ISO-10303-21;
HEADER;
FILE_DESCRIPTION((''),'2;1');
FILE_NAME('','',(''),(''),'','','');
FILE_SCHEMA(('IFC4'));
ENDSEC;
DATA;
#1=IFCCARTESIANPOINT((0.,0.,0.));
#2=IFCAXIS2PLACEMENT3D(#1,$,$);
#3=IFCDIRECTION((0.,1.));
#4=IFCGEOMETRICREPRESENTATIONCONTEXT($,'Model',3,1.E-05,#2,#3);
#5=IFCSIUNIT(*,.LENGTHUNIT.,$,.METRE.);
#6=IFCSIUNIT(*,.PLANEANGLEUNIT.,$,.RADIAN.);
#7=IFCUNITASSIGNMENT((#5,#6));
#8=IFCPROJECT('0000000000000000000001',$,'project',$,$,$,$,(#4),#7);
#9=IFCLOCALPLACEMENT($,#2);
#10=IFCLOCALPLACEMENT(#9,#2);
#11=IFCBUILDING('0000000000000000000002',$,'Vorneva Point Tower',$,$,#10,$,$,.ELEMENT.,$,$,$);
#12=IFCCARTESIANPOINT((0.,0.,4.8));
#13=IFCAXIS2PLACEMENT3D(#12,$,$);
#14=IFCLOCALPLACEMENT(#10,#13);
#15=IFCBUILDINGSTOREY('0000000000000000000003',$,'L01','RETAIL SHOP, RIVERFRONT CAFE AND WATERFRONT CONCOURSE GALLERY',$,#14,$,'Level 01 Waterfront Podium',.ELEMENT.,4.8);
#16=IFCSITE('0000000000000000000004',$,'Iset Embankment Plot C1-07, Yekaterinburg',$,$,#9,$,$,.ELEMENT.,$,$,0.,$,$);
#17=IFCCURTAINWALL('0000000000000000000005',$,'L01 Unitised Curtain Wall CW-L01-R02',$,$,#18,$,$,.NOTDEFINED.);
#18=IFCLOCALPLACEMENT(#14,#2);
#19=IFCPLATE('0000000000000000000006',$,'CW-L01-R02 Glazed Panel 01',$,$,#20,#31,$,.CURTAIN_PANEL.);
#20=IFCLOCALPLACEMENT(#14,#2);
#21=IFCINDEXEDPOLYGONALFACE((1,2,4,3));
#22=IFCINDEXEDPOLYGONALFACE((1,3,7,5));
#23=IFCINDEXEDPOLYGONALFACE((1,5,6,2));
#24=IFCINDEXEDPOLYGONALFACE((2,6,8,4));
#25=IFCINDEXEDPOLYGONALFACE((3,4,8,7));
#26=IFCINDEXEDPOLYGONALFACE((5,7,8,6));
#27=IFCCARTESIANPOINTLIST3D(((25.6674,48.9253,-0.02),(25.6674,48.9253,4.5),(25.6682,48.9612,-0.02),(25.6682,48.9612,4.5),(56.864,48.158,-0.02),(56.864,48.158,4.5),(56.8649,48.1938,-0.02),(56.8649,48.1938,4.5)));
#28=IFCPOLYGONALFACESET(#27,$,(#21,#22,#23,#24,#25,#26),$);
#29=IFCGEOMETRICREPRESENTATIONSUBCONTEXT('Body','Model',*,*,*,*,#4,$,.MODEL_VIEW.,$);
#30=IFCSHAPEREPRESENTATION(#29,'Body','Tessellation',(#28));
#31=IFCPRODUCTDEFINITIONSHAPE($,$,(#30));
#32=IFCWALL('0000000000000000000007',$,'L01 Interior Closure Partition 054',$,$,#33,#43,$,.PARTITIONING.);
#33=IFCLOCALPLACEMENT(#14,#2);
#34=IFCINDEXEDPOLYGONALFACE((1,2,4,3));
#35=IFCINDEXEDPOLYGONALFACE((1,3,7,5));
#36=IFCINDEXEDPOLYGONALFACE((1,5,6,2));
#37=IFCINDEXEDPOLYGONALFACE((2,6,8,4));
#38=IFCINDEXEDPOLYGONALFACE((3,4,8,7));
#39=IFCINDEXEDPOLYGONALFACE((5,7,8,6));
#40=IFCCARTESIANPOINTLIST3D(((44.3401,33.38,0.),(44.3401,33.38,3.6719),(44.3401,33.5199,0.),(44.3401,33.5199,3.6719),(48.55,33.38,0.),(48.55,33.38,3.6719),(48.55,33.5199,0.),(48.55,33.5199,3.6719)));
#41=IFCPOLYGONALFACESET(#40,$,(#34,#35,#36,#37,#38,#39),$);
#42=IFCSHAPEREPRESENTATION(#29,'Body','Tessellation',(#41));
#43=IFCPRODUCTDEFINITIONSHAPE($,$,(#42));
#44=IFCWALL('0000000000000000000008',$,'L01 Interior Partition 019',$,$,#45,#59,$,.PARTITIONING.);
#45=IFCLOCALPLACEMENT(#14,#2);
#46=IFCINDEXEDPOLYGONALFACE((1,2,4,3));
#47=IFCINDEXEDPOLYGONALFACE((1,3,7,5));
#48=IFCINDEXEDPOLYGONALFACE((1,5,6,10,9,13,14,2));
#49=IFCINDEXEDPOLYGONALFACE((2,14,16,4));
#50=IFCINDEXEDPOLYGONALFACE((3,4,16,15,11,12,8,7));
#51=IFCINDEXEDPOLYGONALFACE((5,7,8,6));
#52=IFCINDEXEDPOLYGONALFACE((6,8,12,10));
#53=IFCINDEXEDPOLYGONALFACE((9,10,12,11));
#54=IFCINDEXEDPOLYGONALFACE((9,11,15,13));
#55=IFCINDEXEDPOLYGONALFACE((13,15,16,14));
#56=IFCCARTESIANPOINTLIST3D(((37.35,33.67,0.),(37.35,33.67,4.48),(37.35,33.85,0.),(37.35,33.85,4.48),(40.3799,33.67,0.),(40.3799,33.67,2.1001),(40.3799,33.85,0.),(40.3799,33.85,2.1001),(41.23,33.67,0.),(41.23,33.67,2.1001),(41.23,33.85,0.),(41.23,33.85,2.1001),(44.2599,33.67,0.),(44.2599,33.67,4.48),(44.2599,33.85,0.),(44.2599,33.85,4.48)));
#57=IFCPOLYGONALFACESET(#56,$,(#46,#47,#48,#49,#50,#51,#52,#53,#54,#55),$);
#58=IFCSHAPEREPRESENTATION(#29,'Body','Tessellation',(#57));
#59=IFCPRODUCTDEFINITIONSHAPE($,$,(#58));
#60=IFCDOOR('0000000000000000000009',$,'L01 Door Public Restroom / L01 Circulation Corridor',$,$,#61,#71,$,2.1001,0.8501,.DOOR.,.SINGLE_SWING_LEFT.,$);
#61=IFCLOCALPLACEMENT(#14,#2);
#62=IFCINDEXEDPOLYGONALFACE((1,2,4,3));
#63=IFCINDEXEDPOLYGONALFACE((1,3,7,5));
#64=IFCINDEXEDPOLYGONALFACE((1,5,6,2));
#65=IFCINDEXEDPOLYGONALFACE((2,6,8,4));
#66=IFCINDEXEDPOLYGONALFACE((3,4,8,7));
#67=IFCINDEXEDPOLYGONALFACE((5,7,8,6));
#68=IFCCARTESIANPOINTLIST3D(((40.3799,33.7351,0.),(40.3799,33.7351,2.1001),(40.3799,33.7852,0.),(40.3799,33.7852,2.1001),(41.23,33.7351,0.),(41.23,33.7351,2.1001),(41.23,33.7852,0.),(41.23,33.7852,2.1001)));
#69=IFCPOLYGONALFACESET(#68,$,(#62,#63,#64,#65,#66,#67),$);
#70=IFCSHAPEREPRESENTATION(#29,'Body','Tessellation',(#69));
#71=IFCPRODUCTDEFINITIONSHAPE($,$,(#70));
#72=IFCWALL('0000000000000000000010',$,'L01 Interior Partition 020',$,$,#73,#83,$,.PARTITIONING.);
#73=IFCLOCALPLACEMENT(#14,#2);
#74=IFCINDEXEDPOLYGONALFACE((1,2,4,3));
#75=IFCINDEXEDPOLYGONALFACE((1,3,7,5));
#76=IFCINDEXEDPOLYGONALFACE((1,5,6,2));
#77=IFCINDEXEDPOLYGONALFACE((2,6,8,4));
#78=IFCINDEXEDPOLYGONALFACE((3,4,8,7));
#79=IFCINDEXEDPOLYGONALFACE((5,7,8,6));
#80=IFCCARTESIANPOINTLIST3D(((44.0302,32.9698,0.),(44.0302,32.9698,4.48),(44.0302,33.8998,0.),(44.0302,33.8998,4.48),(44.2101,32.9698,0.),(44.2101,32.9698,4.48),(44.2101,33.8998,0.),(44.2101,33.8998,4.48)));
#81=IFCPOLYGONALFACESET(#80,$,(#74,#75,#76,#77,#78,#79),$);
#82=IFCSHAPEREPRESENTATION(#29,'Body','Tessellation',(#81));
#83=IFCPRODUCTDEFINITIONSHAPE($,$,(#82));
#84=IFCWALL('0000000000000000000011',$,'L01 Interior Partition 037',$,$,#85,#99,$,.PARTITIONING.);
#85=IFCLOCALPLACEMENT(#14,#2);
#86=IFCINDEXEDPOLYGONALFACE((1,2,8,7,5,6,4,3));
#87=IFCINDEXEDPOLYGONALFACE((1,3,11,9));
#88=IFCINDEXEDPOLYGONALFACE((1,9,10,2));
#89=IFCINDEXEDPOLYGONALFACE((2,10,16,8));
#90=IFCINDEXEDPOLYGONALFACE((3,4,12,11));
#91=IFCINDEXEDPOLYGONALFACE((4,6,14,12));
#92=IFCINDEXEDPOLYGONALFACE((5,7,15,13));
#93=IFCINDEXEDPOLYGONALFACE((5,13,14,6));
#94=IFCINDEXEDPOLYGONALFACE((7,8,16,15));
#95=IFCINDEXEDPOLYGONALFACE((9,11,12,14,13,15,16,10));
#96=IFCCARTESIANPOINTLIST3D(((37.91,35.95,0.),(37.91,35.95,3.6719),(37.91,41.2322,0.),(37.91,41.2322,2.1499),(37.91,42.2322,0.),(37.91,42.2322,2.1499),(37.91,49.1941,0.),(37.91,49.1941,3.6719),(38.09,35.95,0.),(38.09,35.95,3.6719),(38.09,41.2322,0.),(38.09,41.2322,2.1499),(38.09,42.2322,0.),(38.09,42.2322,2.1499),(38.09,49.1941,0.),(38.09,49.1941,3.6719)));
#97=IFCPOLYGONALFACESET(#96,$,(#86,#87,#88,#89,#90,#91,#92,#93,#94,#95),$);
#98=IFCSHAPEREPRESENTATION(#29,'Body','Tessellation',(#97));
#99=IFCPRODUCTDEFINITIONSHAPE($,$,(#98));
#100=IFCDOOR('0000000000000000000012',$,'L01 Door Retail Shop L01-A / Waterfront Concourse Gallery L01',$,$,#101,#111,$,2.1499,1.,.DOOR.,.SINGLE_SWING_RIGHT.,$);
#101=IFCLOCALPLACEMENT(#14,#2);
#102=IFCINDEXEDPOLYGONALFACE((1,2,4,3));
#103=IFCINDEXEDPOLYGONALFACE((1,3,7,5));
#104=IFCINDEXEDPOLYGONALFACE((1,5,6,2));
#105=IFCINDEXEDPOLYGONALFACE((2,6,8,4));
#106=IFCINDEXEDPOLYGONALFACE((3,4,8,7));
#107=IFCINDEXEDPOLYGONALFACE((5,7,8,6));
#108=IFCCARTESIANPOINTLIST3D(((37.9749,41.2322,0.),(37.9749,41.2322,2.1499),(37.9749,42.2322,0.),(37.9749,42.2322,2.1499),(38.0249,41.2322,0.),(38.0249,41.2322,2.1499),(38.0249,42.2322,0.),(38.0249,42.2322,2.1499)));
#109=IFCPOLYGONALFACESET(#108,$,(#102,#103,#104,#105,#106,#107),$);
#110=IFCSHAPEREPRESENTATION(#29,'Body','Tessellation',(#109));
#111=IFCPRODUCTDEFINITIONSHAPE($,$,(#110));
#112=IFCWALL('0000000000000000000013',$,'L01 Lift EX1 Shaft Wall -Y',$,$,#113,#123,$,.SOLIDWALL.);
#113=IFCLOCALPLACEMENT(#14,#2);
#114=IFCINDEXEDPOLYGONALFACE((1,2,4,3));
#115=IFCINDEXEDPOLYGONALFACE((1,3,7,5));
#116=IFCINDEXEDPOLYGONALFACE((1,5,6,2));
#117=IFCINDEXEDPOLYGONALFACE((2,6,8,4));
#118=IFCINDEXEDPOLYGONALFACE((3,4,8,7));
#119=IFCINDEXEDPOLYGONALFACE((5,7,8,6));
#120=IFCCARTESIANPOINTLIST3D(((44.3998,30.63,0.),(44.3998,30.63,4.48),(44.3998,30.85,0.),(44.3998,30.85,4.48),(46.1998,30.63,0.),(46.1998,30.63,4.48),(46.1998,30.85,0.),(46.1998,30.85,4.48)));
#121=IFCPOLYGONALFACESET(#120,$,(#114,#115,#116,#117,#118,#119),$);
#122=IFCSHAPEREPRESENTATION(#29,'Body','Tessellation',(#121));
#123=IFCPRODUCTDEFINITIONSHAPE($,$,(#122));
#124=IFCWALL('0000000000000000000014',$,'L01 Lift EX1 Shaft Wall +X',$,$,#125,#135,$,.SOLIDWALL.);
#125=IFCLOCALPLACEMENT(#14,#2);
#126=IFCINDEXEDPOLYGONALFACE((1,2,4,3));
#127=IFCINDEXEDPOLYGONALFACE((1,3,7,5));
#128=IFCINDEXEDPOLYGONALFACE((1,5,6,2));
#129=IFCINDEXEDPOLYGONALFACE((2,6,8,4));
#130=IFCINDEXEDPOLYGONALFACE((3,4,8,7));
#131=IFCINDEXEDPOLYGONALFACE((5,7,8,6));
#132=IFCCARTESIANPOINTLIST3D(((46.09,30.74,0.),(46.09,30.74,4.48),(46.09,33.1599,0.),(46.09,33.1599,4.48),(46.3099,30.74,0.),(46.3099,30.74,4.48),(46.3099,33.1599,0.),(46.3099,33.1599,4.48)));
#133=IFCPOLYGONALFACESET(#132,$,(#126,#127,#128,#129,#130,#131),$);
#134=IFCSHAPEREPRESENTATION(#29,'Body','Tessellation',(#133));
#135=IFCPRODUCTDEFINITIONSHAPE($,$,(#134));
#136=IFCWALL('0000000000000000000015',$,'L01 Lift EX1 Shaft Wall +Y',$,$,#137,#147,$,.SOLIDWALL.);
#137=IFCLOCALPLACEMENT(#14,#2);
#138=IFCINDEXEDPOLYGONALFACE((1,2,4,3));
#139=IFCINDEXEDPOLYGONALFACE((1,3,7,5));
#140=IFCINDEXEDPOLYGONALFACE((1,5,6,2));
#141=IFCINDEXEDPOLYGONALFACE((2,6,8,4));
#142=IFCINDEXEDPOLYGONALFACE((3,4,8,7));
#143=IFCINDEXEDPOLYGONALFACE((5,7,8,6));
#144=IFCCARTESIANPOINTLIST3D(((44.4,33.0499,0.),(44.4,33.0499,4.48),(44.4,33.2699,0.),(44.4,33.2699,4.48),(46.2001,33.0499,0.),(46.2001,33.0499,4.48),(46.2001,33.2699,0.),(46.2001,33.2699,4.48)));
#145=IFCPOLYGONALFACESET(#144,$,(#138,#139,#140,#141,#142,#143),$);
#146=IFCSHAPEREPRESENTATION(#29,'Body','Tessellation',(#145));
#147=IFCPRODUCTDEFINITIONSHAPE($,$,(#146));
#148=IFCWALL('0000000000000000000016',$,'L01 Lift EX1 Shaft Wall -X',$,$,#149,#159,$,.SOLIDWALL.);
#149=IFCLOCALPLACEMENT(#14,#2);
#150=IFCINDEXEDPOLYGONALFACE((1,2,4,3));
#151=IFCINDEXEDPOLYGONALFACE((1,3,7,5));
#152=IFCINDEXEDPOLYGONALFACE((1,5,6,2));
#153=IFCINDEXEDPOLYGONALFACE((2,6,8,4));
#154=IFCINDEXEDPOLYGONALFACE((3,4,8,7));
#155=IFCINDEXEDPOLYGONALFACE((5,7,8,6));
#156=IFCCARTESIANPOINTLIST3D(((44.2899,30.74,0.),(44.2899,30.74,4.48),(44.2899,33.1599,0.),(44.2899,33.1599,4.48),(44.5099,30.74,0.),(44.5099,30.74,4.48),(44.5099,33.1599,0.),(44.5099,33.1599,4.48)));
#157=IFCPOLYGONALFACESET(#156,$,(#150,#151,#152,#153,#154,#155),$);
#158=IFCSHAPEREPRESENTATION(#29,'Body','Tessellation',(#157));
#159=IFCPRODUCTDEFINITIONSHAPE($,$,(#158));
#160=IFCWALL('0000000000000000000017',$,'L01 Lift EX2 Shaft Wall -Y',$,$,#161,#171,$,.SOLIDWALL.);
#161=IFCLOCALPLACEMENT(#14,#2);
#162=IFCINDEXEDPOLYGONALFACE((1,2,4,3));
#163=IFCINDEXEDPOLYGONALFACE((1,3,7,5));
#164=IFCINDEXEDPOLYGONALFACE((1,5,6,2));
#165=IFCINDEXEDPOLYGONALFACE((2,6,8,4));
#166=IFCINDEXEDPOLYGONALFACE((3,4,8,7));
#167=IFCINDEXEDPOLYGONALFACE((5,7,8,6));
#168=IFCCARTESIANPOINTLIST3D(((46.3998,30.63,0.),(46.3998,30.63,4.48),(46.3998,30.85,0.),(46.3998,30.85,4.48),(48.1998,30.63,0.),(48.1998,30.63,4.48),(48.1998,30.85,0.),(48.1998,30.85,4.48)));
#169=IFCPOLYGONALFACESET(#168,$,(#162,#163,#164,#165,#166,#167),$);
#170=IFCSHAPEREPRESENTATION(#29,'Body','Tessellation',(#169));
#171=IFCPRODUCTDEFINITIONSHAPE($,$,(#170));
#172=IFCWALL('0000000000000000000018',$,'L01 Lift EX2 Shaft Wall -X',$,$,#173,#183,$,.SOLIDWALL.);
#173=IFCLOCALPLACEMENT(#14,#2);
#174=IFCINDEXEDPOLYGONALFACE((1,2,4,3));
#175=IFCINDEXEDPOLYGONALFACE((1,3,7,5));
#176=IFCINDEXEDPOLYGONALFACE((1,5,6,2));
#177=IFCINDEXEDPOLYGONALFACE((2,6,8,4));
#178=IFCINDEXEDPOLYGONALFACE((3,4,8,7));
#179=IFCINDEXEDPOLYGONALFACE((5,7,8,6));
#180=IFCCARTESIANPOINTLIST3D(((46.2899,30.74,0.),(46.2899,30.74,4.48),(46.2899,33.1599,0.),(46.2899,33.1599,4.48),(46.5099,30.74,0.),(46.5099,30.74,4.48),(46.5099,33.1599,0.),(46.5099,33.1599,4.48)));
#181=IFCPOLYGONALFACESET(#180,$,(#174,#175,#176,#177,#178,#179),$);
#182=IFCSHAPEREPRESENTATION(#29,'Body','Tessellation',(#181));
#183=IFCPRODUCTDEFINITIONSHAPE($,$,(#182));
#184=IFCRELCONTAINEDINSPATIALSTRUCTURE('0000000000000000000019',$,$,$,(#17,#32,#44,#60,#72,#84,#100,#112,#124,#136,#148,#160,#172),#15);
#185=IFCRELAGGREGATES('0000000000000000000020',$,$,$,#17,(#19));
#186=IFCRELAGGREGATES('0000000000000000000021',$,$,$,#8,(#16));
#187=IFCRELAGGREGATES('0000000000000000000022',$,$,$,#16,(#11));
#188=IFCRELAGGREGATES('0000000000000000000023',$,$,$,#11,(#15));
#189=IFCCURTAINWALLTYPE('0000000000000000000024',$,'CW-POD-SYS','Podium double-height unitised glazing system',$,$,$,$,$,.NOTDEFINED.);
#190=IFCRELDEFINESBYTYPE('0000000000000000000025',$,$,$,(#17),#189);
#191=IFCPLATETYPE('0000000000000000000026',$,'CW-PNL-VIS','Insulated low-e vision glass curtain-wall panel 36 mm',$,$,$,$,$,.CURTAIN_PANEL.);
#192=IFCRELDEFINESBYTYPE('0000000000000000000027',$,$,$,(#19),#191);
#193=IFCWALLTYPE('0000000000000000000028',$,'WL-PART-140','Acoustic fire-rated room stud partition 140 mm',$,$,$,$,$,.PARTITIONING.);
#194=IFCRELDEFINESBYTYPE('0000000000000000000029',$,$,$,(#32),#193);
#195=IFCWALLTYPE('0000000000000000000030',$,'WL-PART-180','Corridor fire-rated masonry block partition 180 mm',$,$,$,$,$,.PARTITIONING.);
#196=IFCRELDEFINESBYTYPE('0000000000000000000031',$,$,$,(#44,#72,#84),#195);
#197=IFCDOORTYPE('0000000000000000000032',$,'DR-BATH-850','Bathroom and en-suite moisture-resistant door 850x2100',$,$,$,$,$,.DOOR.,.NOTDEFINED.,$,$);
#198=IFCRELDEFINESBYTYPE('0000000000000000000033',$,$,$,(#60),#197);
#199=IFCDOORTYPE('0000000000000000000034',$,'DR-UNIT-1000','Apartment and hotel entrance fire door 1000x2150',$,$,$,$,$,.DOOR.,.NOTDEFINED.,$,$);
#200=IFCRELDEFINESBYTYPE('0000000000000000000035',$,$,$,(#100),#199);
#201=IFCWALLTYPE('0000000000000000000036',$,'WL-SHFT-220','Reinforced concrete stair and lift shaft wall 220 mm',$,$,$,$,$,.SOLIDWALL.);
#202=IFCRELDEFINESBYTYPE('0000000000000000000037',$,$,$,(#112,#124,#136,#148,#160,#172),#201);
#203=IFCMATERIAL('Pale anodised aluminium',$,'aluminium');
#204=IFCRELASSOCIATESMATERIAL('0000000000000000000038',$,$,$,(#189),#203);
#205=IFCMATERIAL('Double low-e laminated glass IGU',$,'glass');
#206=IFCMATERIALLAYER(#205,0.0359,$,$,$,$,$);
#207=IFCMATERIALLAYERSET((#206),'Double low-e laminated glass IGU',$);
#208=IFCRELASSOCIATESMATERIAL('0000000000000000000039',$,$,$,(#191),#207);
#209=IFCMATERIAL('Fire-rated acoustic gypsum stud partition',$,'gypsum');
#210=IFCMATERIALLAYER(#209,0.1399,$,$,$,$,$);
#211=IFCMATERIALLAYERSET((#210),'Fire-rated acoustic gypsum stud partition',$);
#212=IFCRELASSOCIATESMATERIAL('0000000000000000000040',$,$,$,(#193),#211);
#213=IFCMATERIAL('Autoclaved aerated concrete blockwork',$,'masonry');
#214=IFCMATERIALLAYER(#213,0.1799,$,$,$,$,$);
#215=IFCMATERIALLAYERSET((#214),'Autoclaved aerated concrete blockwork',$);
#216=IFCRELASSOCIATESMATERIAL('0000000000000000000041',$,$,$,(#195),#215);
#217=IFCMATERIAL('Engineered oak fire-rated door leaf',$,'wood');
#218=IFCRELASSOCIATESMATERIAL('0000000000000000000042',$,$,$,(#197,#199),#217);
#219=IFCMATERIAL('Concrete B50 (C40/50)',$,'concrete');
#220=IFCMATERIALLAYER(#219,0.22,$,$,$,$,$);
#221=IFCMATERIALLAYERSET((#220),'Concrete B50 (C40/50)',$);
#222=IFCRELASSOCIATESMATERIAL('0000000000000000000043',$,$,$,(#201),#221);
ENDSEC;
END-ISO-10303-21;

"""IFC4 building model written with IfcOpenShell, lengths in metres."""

from ifc_helpers import new_model, si_unit, direction, frame, frame_2d, origin, origin_2d, place, context, subcontext, project, spatial, rectangle, extrude, material, layer, layer_set, type_object, element, fill, aggregate, save


model = new_model("IFC4")

# Units and contexts
model_context = context("Model", 3, precision=1e-05, world=origin(), true_north=direction((0.0, 1.0)))
body_context = subcontext(model_context, "Body", "Model", "MODEL_VIEW")
ifc_project = project(units=[si_unit("LENGTHUNIT", "METRE"), si_unit("PLANEANGLEUNIT", "RADIAN")], contexts=[model_context])

# Site, building, storey
site_placement = place(None, origin())
site = spatial("IfcSite", under=ifc_project, at=site_placement, Name="Iset Embankment Plot C1-07, Yekaterinburg", CompositionType="ELEMENT", RefElevation=0.0)
building_placement = place(site_placement, origin())
building = spatial("IfcBuilding", under=site, at=building_placement, Name="Vorneva Point Tower", CompositionType="ELEMENT")
storey_placement = place(building_placement, frame((0.0, 0.0, 4.8)))
storey = spatial("IfcBuildingStorey", under=building, at=storey_placement, Name="L01", Description="RETAIL SHOP, RIVERFRONT CAFE AND WATERFRONT CONCOURSE GALLERY", LongName="Level 01 Waterfront Podium", CompositionType="ELEMENT", Elevation=4.8)

# Curtain wall, plate
ifc_material_1 = material(Name="Pale anodised aluminium", Category="aluminium")
curtain_wall_type = type_object("IfcCurtainWallType", Name="CW-POD-SYS", Description="Podium double-height unitised glazing system", PredefinedType="NOTDEFINED", material=ifc_material_1)
curtain_wall_placement = place(storey_placement, origin())
curtain_wall = element("IfcCurtainWall", 1, at=curtain_wall_placement, inside=storey, type_object=curtain_wall_type, Name="L01 Unitised Curtain Wall CW-L01-R02", PredefinedType="NOTDEFINED")
ifc_material_2 = material(Name="Double low-e laminated glass IGU", Category="glass")
ifc_layer_1 = layer(ifc_material_2, 0.0359)
ifc_layer_set_1 = layer_set([ifc_layer_1], Name="Double low-e laminated glass IGU")
plate_type = type_object("IfcPlateType", Name="CW-PNL-VIS", Description="Insulated low-e vision glass curtain-wall panel 36 mm", PredefinedType="CURTAIN_PANEL", material=ifc_layer_set_1)
plate_placement = place(storey_placement, frame((41.2661, 48.5596, -0.02), z_axis=(0.0, 0.0, 1.0), x_axis=(-0.999698, 0.024589, 0.0)))
plate = element("IfcPlate", 2, at=plate_placement, type_object=plate_type, Name="CW-L01-R02 Glazed Panel 01", PredefinedType="CURTAIN_PANEL", context=body_context, shape_type="SweptSolid", body=[
    extrude(rectangle(XDim=31.2061, YDim=0.0359, at=origin_2d()), origin(), (0.0, 0.0, 1.0), 4.52),
])
aggregate(curtain_wall, [plate])

# Wall
ifc_material_3 = material(Name="Fire-rated acoustic gypsum stud partition", Category="gypsum")
ifc_layer_2 = layer(ifc_material_3, 0.1399)
ifc_layer_set_2 = layer_set([ifc_layer_2], Name="Fire-rated acoustic gypsum stud partition")
wall_type_1 = type_object("IfcWallType", Name="WL-PART-140", Description="Acoustic fire-rated room stud partition 140 mm", PredefinedType="PARTITIONING", material=ifc_layer_set_2)
wall_1_placement = place(storey_placement, frame((44.3401, 33.45, 0.0), z_axis=(0.0, 0.0, 1.0), x_axis=(1.0, 0.0, 0.0)))
element("IfcWall", 3, at=wall_1_placement, inside=storey, type_object=wall_type_1, Name="L01 Interior Closure Partition 054", PredefinedType="PARTITIONING", context=body_context, shape_type="SweptSolid", body=[
    extrude(rectangle(XDim=4.21, YDim=0.1399, at=frame_2d((2.105, 0.0))), origin(), (0.0, 0.0, 1.0), 3.6719),
])

# Wall, opening, door
ifc_material_4 = material(Name="Autoclaved aerated concrete blockwork", Category="masonry")
ifc_layer_3 = layer(ifc_material_4, 0.1799)
ifc_layer_set_3 = layer_set([ifc_layer_3], Name="Autoclaved aerated concrete blockwork")
wall_type_2 = type_object("IfcWallType", Name="WL-PART-180", Description="Corridor fire-rated masonry block partition 180 mm", PredefinedType="PARTITIONING", material=ifc_layer_set_3)
wall_2_placement = place(storey_placement, frame((44.26, 33.76, 0.0), z_axis=(0.0, 0.0, 1.0), x_axis=(-1.0, 0.0, 0.0)))
wall_2 = element("IfcWall", 4, at=wall_2_placement, inside=storey, type_object=wall_type_2, Name="L01 Interior Partition 019", PredefinedType="PARTITIONING", context=body_context, shape_type="SweptSolid", body=[
    extrude(rectangle(XDim=6.9099, YDim=0.1799, at=frame_2d((3.4551, 0.0))), origin(), (0.0, 0.0, 1.0), 4.48),
])
opening_1_placement = place(wall_2_placement, frame((3.03, 0.0, 0.0)))
opening_1 = element("IfcOpeningElement", 5, at=opening_1_placement, cuts=wall_2, PredefinedType="OPENING", context=body_context, shape_type="SweptSolid", body=[
    extrude(rectangle(XDim=0.8501, YDim=2.1001, at=frame_2d((0.425, 1.05))), frame((0.0, 0.105, 0.0), z_axis=(0.0, -1.0, 0.0), x_axis=(1.0, 0.0, 0.0)), (0.0, 0.0, 1.0), 0.2097),
])
ifc_material_5 = material(Name="Engineered oak fire-rated door leaf", Category="wood")
door_type_1 = type_object("IfcDoorType", Name="DR-BATH-850", Description="Bathroom and en-suite moisture-resistant door 850x2100", OperationType="NOTDEFINED", PredefinedType="DOOR", material=ifc_material_5)
door_1_placement = place(opening_1_placement, origin())
door_1 = element("IfcDoor", 6, at=door_1_placement, inside=storey, type_object=door_type_1, Name="L01 Door Public Restroom / L01 Circulation Corridor", OperationType="SINGLE_SWING_LEFT", OverallHeight=2.1001, OverallWidth=0.8501, PredefinedType="DOOR", context=body_context, shape_type="SweptSolid", body=[
    extrude(rectangle(XDim=0.8501, YDim=2.1001, at=frame_2d((0.425, 1.05))), frame((0.0, 0.0249, 0.0), z_axis=(0.0, -1.0, 0.0), x_axis=(1.0, 0.0, 0.0)), (0.0, 0.0, 1.0), 0.05),
])
fill(opening_1, door_1)

# Wall
wall_3_placement = place(storey_placement, frame((44.1201, 32.97, 0.0), z_axis=(0.0, 0.0, 1.0), x_axis=(0.0, 1.0, 0.0)))
element("IfcWall", 7, at=wall_3_placement, inside=storey, type_object=wall_type_2, Name="L01 Interior Partition 020", PredefinedType="PARTITIONING", context=body_context, shape_type="SweptSolid", body=[
    extrude(rectangle(XDim=0.9299, YDim=0.1799, at=frame_2d((0.4648, 0.0))), origin(), (0.0, 0.0, 1.0), 4.48),
])

# Wall, opening, door
wall_4_placement = place(storey_placement, frame((38.0, 49.1941, 0.0), z_axis=(0.0, 0.0, 1.0), x_axis=(0.0, -1.0, 0.0)))
wall_4 = element("IfcWall", 8, at=wall_4_placement, inside=storey, type_object=wall_type_2, Name="L01 Interior Partition 037", PredefinedType="PARTITIONING", context=body_context, shape_type="SweptSolid", body=[
    extrude(rectangle(XDim=13.2441, YDim=0.1799, at=frame_2d((6.6221, 0.0))), origin(), (0.0, 0.0, 1.0), 3.6719),
])
opening_2_placement = place(wall_4_placement, frame((6.9619, 0.0, 0.0)))
opening_2 = element("IfcOpeningElement", 9, at=opening_2_placement, cuts=wall_4, PredefinedType="OPENING", context=body_context, shape_type="SweptSolid", body=[
    extrude(rectangle(XDim=1.0, YDim=2.1499, at=frame_2d((0.5, 1.075))), frame((0.0, 0.105, 0.0), z_axis=(0.0, -1.0, 0.0), x_axis=(1.0, 0.0, 0.0)), (0.0, 0.0, 1.0), 0.2097),
])
door_type_2 = type_object("IfcDoorType", Name="DR-UNIT-1000", Description="Apartment and hotel entrance fire door 1000x2150", OperationType="NOTDEFINED", PredefinedType="DOOR", material=ifc_material_5)
door_2_placement = place(opening_2_placement, origin())
door_2 = element("IfcDoor", 10, at=door_2_placement, inside=storey, type_object=door_type_2, Name="L01 Door Retail Shop L01-A / Waterfront Concourse Gallery L01", OperationType="SINGLE_SWING_RIGHT", OverallHeight=2.1499, OverallWidth=1.0, PredefinedType="DOOR", context=body_context, shape_type="SweptSolid", body=[
    extrude(rectangle(XDim=1.0, YDim=2.1499, at=frame_2d((0.5, 1.075))), frame((0.0, 0.0249, 0.0), z_axis=(0.0, -1.0, 0.0), x_axis=(1.0, 0.0, 0.0)), (0.0, 0.0, 1.0), 0.05),
])
fill(opening_2, door_2)

# Walls
ifc_material_6 = material(Name="Concrete B50 (C40/50)", Category="concrete")
ifc_layer_4 = layer(ifc_material_6, 0.22)
ifc_layer_set_4 = layer_set([ifc_layer_4], Name="Concrete B50 (C40/50)")
wall_type_3 = type_object("IfcWallType", Name="WL-SHFT-220", Description="Reinforced concrete stair and lift shaft wall 220 mm", PredefinedType="SOLIDWALL", material=ifc_layer_set_4)
wall_5_placement = place(storey_placement, frame((44.3999, 30.74, 0.0), z_axis=(0.0, 0.0, 1.0), x_axis=(1.0, 0.0, 0.0)))
element("IfcWall", 11, at=wall_5_placement, inside=storey, type_object=wall_type_3, Name="L01 Lift EX1 Shaft Wall -Y", PredefinedType="SOLIDWALL", context=body_context, shape_type="SweptSolid", body=[
    extrude(rectangle(XDim=1.8, YDim=0.22, at=frame_2d((0.8999, 0.0))), origin(), (0.0, 0.0, 1.0), 4.48),
])
wall_6_placement = place(storey_placement, frame((46.2, 30.74, 0.0), z_axis=(0.0, 0.0, 1.0), x_axis=(0.0, 1.0, 0.0)))
element("IfcWall", 12, at=wall_6_placement, inside=storey, type_object=wall_type_3, Name="L01 Lift EX1 Shaft Wall +X", PredefinedType="SOLIDWALL", context=body_context, shape_type="SweptSolid", body=[
    extrude(rectangle(XDim=2.4199, YDim=0.22, at=frame_2d((1.21, 0.0))), origin(), (0.0, 0.0, 1.0), 4.48),
])
wall_7_placement = place(storey_placement, frame((46.2, 33.1599, 0.0), z_axis=(0.0, 0.0, 1.0), x_axis=(-1.0, 0.0, 0.0)))
element("IfcWall", 13, at=wall_7_placement, inside=storey, type_object=wall_type_3, Name="L01 Lift EX1 Shaft Wall +Y", PredefinedType="SOLIDWALL", context=body_context, shape_type="SweptSolid", body=[
    extrude(rectangle(XDim=1.8, YDim=0.22, at=frame_2d((0.8999, 0.0))), origin(), (0.0, 0.0, 1.0), 4.48),
])
wall_8_placement = place(storey_placement, frame((44.3999, 33.1599, 0.0), z_axis=(0.0, 0.0, 1.0), x_axis=(0.0, -1.0, 0.0)))
element("IfcWall", 14, at=wall_8_placement, inside=storey, type_object=wall_type_3, Name="L01 Lift EX1 Shaft Wall -X", PredefinedType="SOLIDWALL", context=body_context, shape_type="SweptSolid", body=[
    extrude(rectangle(XDim=2.4199, YDim=0.22, at=frame_2d((1.21, 0.0))), origin(), (0.0, 0.0, 1.0), 4.48),
])
wall_9_placement = place(storey_placement, frame((46.3999, 30.74, 0.0), z_axis=(0.0, 0.0, 1.0), x_axis=(1.0, 0.0, 0.0)))
element("IfcWall", 15, at=wall_9_placement, inside=storey, type_object=wall_type_3, Name="L01 Lift EX2 Shaft Wall -Y", PredefinedType="SOLIDWALL", context=body_context, shape_type="SweptSolid", body=[
    extrude(rectangle(XDim=1.8, YDim=0.22, at=frame_2d((0.8999, 0.0))), origin(), (0.0, 0.0, 1.0), 4.48),
])
wall_10_placement = place(storey_placement, frame((46.3999, 33.1599, 0.0), z_axis=(0.0, 0.0, 1.0), x_axis=(0.0, -1.0, 0.0)))
element("IfcWall", 16, at=wall_10_placement, inside=storey, type_object=wall_type_3, Name="L01 Lift EX2 Shaft Wall -X", PredefinedType="SOLIDWALL", context=body_context, shape_type="SweptSolid", body=[
    extrude(rectangle(XDim=2.4199, YDim=0.22, at=frame_2d((1.21, 0.0))), origin(), (0.0, 0.0, 1.0), 4.48),
])

save(model, "model.ifc")
